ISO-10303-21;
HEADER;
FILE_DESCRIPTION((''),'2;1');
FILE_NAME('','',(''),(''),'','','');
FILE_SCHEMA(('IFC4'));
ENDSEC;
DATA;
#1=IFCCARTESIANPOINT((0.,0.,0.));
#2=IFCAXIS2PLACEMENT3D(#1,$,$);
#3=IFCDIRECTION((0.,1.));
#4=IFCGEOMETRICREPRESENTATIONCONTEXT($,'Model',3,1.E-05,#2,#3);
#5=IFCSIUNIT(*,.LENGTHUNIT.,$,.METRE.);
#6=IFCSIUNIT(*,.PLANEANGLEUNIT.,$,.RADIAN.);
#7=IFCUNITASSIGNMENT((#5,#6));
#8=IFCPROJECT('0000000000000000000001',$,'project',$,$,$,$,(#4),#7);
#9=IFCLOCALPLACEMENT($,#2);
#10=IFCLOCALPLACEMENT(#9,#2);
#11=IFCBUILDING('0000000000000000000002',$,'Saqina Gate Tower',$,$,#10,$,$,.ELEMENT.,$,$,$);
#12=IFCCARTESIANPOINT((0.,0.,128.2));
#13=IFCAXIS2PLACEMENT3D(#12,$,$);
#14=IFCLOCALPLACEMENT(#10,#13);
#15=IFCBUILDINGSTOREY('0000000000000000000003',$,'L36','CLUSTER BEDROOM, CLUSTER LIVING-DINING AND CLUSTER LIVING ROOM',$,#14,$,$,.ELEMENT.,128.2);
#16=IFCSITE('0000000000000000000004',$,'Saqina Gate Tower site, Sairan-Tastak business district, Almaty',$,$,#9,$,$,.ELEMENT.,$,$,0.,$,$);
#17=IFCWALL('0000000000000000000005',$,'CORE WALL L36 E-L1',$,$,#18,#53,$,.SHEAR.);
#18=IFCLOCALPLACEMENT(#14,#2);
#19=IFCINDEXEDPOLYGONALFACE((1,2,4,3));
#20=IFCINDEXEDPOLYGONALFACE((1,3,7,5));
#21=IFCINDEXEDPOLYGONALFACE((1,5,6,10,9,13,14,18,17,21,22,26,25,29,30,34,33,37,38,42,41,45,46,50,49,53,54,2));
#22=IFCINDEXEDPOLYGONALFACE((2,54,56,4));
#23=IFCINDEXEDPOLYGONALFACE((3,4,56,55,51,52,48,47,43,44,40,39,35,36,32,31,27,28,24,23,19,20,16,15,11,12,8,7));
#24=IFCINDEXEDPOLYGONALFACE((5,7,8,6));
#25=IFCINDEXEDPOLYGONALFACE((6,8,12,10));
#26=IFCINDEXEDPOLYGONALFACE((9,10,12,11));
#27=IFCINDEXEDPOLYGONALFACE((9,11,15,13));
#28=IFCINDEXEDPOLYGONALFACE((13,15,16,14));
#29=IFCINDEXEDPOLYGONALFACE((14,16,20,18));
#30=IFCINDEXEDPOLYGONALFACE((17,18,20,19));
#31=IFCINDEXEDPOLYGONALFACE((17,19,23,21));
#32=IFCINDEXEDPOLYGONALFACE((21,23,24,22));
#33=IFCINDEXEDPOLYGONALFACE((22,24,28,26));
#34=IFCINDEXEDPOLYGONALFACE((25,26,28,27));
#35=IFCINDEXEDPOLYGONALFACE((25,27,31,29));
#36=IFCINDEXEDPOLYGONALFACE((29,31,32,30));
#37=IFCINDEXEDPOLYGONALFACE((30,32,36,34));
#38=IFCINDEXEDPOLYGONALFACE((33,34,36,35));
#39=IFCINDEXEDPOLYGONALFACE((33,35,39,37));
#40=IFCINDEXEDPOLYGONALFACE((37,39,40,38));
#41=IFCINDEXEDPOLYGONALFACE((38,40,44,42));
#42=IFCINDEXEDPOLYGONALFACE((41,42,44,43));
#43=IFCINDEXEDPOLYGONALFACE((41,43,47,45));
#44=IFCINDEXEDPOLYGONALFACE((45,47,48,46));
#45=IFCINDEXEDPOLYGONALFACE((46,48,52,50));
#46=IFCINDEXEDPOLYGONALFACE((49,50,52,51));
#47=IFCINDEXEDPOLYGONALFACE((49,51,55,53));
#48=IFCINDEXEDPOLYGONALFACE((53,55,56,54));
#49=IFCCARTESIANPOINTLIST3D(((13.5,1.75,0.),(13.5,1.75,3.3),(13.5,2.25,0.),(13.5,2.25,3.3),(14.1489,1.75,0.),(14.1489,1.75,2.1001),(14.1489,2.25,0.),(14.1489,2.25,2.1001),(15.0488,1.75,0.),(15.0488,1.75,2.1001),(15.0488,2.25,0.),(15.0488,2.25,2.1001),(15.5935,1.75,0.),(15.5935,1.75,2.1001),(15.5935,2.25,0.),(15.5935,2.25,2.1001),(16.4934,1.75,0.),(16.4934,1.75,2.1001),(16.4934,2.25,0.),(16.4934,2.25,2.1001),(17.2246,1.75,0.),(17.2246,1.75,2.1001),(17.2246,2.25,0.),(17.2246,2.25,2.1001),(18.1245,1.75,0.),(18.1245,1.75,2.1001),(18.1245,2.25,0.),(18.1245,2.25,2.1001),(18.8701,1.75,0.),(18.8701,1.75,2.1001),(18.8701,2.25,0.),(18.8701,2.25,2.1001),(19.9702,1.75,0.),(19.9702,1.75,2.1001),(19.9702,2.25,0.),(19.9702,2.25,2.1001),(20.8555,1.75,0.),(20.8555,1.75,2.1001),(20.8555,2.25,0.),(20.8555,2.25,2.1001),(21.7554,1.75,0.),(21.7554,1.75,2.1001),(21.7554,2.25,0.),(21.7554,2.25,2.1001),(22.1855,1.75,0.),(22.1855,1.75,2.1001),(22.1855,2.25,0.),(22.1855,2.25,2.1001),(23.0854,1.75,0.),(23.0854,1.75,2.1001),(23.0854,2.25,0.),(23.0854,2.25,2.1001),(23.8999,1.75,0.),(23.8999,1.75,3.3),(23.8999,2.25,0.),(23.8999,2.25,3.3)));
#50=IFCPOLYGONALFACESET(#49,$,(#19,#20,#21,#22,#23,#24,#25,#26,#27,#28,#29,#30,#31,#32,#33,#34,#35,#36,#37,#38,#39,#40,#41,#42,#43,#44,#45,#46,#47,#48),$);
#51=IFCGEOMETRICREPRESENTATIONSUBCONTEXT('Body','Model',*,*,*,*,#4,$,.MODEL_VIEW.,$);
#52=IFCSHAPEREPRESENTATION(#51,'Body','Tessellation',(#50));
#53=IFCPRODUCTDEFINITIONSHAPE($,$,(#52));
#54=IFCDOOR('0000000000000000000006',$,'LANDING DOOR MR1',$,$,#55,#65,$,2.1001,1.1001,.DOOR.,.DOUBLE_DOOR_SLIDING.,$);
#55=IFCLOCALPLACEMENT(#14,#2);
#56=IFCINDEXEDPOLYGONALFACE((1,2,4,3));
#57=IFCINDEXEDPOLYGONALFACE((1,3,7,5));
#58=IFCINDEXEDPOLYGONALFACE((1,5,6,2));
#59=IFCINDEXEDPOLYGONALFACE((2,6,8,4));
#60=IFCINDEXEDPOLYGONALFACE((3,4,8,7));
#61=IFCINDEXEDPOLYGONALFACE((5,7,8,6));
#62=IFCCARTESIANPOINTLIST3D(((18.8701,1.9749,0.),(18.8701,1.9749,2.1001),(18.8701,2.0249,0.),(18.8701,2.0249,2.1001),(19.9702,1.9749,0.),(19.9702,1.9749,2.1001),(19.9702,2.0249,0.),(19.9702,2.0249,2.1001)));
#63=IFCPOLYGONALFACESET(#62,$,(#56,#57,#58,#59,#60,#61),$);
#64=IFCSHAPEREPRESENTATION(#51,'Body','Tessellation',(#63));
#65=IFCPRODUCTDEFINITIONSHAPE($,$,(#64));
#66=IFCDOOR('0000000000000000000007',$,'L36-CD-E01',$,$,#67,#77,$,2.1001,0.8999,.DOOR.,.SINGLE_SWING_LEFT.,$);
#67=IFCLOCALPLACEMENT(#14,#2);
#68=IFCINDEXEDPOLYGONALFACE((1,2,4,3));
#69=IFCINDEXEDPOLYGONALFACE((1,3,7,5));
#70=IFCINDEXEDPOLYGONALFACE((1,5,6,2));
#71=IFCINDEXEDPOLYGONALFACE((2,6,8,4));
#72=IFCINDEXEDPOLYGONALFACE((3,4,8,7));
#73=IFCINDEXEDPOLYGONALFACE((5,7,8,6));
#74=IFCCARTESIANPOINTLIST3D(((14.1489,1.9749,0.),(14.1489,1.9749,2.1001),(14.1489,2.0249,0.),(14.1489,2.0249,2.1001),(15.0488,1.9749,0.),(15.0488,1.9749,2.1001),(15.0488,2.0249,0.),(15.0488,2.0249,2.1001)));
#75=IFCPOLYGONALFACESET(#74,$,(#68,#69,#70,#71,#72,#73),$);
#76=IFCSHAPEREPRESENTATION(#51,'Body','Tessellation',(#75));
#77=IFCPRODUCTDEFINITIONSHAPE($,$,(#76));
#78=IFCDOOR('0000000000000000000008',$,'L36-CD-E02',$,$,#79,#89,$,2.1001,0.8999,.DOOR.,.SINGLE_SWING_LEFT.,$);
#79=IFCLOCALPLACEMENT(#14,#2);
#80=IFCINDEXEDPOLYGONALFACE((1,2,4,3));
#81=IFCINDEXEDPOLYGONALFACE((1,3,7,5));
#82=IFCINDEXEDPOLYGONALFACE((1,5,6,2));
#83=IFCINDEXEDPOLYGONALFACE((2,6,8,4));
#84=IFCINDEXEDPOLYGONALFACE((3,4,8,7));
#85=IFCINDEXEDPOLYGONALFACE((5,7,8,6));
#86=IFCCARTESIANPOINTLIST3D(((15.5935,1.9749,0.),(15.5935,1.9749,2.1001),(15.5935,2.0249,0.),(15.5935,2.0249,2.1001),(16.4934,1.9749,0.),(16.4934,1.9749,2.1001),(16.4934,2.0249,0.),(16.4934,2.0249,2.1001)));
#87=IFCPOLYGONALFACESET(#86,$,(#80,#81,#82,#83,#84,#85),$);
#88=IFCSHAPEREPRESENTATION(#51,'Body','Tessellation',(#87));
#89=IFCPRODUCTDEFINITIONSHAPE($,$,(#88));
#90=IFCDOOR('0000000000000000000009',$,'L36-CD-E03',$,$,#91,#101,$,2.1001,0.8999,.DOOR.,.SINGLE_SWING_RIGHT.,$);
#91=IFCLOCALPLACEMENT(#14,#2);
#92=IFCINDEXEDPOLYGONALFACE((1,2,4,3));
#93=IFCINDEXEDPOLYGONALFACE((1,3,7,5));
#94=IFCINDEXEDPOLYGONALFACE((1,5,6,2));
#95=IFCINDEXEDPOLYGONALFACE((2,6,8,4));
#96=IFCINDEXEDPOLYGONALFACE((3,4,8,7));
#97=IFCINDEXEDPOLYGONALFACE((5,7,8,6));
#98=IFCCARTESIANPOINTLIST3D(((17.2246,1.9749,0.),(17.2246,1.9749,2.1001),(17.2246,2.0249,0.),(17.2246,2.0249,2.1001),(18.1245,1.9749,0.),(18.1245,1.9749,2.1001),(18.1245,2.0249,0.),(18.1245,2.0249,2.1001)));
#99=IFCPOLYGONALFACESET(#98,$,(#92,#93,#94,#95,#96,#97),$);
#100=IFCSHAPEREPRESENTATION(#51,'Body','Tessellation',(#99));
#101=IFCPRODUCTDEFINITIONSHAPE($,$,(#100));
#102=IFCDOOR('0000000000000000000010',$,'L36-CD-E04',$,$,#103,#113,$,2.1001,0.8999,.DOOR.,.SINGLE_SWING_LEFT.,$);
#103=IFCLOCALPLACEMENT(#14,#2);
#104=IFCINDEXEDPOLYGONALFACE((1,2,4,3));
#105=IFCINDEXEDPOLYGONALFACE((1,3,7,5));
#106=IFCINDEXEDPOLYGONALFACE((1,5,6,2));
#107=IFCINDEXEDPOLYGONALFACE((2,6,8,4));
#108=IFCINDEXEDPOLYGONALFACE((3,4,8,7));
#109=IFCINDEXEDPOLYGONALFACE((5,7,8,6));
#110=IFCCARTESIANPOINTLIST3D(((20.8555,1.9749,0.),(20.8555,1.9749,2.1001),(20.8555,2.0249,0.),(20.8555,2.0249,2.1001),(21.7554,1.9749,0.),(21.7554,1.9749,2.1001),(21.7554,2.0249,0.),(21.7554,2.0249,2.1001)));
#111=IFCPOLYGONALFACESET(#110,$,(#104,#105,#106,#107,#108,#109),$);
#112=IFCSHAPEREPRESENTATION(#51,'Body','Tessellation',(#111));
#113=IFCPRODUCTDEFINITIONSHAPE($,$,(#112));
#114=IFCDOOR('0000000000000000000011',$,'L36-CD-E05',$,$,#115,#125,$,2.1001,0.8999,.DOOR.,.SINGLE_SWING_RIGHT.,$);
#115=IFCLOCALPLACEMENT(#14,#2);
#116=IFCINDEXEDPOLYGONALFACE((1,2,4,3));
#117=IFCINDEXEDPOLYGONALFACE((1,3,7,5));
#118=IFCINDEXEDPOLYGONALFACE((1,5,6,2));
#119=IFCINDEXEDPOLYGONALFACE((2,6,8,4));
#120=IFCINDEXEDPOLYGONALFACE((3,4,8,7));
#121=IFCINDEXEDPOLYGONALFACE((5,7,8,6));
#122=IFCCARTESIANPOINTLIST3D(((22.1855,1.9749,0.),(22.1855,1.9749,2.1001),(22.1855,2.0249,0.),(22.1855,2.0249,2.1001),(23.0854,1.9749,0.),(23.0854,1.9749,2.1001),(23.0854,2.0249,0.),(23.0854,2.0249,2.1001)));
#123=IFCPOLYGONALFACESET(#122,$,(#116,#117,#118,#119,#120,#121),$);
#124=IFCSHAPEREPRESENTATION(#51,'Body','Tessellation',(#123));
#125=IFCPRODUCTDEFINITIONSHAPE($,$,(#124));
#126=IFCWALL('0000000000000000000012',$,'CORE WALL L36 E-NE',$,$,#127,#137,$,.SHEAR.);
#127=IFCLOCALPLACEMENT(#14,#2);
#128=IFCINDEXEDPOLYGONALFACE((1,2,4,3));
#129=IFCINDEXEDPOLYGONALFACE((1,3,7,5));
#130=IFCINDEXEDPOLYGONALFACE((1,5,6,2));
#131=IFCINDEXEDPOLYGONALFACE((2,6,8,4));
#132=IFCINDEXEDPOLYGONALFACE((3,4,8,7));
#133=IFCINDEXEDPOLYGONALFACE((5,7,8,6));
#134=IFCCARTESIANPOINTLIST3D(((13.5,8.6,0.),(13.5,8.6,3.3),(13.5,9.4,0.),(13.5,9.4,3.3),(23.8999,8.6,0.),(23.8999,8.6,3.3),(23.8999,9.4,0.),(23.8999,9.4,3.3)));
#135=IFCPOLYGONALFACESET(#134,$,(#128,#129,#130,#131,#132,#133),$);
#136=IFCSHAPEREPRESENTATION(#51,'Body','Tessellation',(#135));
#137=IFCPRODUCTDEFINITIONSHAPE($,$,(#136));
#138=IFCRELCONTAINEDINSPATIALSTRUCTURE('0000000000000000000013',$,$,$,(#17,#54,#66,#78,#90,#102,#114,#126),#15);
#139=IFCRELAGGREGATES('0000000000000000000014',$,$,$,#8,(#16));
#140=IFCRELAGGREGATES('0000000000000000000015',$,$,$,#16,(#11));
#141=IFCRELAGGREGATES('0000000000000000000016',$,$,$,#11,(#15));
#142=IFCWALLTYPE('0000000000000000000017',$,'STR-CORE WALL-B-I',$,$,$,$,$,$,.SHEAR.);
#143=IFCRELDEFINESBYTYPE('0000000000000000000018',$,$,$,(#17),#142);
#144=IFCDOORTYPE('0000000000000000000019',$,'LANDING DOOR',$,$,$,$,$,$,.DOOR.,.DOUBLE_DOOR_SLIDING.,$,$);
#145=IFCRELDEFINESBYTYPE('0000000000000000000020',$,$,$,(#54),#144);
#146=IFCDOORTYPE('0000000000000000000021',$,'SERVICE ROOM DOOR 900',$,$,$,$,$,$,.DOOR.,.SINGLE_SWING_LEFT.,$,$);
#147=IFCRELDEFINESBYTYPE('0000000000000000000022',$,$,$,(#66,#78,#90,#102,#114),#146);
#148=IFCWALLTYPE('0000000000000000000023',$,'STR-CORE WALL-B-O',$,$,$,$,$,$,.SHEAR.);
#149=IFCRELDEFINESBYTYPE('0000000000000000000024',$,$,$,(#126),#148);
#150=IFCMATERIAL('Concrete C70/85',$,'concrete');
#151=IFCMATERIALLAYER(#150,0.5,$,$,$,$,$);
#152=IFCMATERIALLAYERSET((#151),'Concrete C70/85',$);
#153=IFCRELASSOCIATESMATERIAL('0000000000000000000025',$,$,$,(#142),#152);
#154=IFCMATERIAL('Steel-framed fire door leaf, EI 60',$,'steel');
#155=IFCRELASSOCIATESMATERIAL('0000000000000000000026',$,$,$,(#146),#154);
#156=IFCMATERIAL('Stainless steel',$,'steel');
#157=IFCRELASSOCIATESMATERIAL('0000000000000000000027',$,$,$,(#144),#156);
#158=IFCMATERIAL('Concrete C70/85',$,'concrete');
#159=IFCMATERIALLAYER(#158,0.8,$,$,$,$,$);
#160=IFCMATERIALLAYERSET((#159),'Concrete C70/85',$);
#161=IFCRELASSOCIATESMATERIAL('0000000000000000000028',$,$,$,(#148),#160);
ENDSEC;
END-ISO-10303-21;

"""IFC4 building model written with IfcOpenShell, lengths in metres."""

from ifc_helpers import new_model, si_unit, direction, frame, frame_2d, origin, place, context, subcontext, project, spatial, rectangle, extrude, material, layer, layer_set, type_object, element, fill, save


model = new_model("IFC4")

# Units and contexts
model_context = context("Model", 3, precision=1e-05, world=origin(), true_north=direction((0.0, 1.0)))
body_context = subcontext(model_context, "Body", "Model", "MODEL_VIEW")
ifc_project = project(units=[si_unit("LENGTHUNIT", "METRE"), si_unit("PLANEANGLEUNIT", "RADIAN")], contexts=[model_context])

# Site, building, storey
site_placement = place(None, origin())
site = spatial("IfcSite", under=ifc_project, at=site_placement, Name="Saqina Gate Tower site, Sairan-Tastak business district, Almaty", CompositionType="ELEMENT", RefElevation=0.0)
building_placement = place(site_placement, origin())
building = spatial("IfcBuilding", under=site, at=building_placement, Name="Saqina Gate Tower", CompositionType="ELEMENT")
storey_placement = place(building_placement, frame((0.0, 0.0, 128.2)))
storey = spatial("IfcBuildingStorey", under=building, at=storey_placement, Name="L36", Description="CLUSTER BEDROOM, CLUSTER LIVING-DINING AND CLUSTER LIVING ROOM", CompositionType="ELEMENT", Elevation=128.2)

# Shared definitions
ifc_material_1 = material(Name="Concrete C70/85", Category="concrete")
ifc_layer_1 = layer(ifc_material_1, 0.5)
ifc_layer_set_1 = layer_set([ifc_layer_1], Name="Concrete C70/85")
wall_type_1 = type_object("IfcWallType", Name="STR-CORE WALL-B-I", PredefinedType="SHEAR", material=ifc_layer_set_1)
ifc_material_2 = material(Name="Steel-framed fire door leaf, EI 60", Category="steel")
door_type_1 = type_object("IfcDoorType", Name="SERVICE ROOM DOOR 900", OperationType="SINGLE_SWING_LEFT", PredefinedType="DOOR", material=ifc_material_2)

# Wall, openings, doors
wall_1_placement = place(storey_placement, frame((13.5, 2.0, 0.0), z_axis=(0.0, 0.0, 1.0), x_axis=(1.0, 0.0, 0.0)))
wall_1 = element("IfcWall", 1, at=wall_1_placement, inside=storey, type_object=wall_type_1, Name="CORE WALL L36 E-L1", PredefinedType="SHEAR", context=body_context, shape_type="SweptSolid", body=[
    extrude(rectangle(XDim=10.3999, YDim=0.5, at=frame_2d((5.2, 0.0))), origin(), (0.0, 0.0, 1.0), 3.3),
])
opening_1_placement = place(wall_1_placement, frame((5.3701, 0.0, 0.0)))
opening_1 = element("IfcOpeningElement", 2, at=opening_1_placement, cuts=wall_1, PredefinedType="OPENING", context=body_context, shape_type="SweptSolid", body=[
    extrude(rectangle(XDim=1.1001, YDim=2.1001, at=frame_2d((0.55, 1.05))), frame((0.0, 0.262, 0.0), z_axis=(0.0, -1.0, 0.0), x_axis=(1.0, 0.0, 0.0)), (0.0, 0.0, 1.0), 0.5239),
])
opening_2_placement = place(wall_1_placement, frame((0.6489, 0.0, 0.0)))
opening_2 = element("IfcOpeningElement", 3, at=opening_2_placement, cuts=wall_1, PredefinedType="OPENING", context=body_context, shape_type="SweptSolid", body=[
    extrude(rectangle(XDim=0.8999, YDim=2.1001, at=frame_2d((0.45, 1.05))), frame((0.0, 0.262, 0.0), z_axis=(0.0, -1.0, 0.0), x_axis=(1.0, 0.0, 0.0)), (0.0, 0.0, 1.0), 0.5239),
])
opening_3_placement = place(wall_1_placement, frame((2.0935, 0.0, 0.0)))
opening_3 = element("IfcOpeningElement", 4, at=opening_3_placement, cuts=wall_1, PredefinedType="OPENING", context=body_context, shape_type="SweptSolid", body=[
    extrude(rectangle(XDim=0.8999, YDim=2.1001, at=frame_2d((0.45, 1.05))), frame((0.0, 0.262, 0.0), z_axis=(0.0, -1.0, 0.0), x_axis=(1.0, 0.0, 0.0)), (0.0, 0.0, 1.0), 0.5239),
])
opening_4_placement = place(wall_1_placement, frame((3.7246, 0.0, 0.0)))
opening_4 = element("IfcOpeningElement", 5, at=opening_4_placement, cuts=wall_1, PredefinedType="OPENING", context=body_context, shape_type="SweptSolid", body=[
    extrude(rectangle(XDim=0.8999, YDim=2.1001, at=frame_2d((0.45, 1.05))), frame((0.0, 0.262, 0.0), z_axis=(0.0, -1.0, 0.0), x_axis=(1.0, 0.0, 0.0)), (0.0, 0.0, 1.0), 0.5239),
])
opening_5_placement = place(wall_1_placement, frame((7.3555, 0.0, 0.0)))
opening_5 = element("IfcOpeningElement", 6, at=opening_5_placement, cuts=wall_1, PredefinedType="OPENING", context=body_context, shape_type="SweptSolid", body=[
    extrude(rectangle(XDim=0.8999, YDim=2.1001, at=frame_2d((0.45, 1.05))), frame((0.0, 0.262, 0.0), z_axis=(0.0, -1.0, 0.0), x_axis=(1.0, 0.0, 0.0)), (0.0, 0.0, 1.0), 0.5239),
])
opening_6_placement = place(wall_1_placement, frame((8.6855, 0.0, 0.0)))
opening_6 = element("IfcOpeningElement", 7, at=opening_6_placement, cuts=wall_1, PredefinedType="OPENING", context=body_context, shape_type="SweptSolid", body=[
    extrude(rectangle(XDim=0.8999, YDim=2.1001, at=frame_2d((0.45, 1.05))), frame((0.0, 0.262, 0.0), z_axis=(0.0, -1.0, 0.0), x_axis=(1.0, 0.0, 0.0)), (0.0, 0.0, 1.0), 0.5239),
])
ifc_material_3 = material(Name="Stainless steel", Category="steel")
door_type_2 = type_object("IfcDoorType", Name="LANDING DOOR", OperationType="DOUBLE_DOOR_SLIDING", PredefinedType="DOOR", material=ifc_material_3)
door_1_placement = place(opening_1_placement, origin())
door_1 = element("IfcDoor", 8, at=door_1_placement, inside=storey, type_object=door_type_2, Name="LANDING DOOR MR1", OperationType="DOUBLE_DOOR_SLIDING", OverallHeight=2.1001, OverallWidth=1.1001, PredefinedType="DOOR", context=body_context, shape_type="SweptSolid", body=[
    extrude(rectangle(XDim=1.1001, YDim=2.1001, at=frame_2d((0.55, 1.05))), frame((0.0, 0.0249, 0.0), z_axis=(0.0, -1.0, 0.0), x_axis=(1.0, 0.0, 0.0)), (0.0, 0.0, 1.0), 0.05),
])
fill(opening_1, door_1)
door_2_placement = place(opening_2_placement, origin())
door_2 = element("IfcDoor", 9, at=door_2_placement, inside=storey, type_object=door_type_1, Name="L36-CD-E01", OperationType="SINGLE_SWING_LEFT", OverallHeight=2.1001, OverallWidth=0.8999, PredefinedType="DOOR", context=body_context, shape_type="SweptSolid", body=[
    extrude(rectangle(XDim=0.8999, YDim=2.1001, at=frame_2d((0.45, 1.05))), frame((0.0, 0.0249, 0.0), z_axis=(0.0, -1.0, 0.0), x_axis=(1.0, 0.0, 0.0)), (0.0, 0.0, 1.0), 0.05),
])
fill(opening_2, door_2)
door_3_placement = place(opening_3_placement, origin())
door_3 = element("IfcDoor", 10, at=door_3_placement, inside=storey, type_object=door_type_1, Name="L36-CD-E02", OperationType="SINGLE_SWING_LEFT", OverallHeight=2.1001, OverallWidth=0.8999, PredefinedType="DOOR", context=body_context, shape_type="SweptSolid", body=[
    extrude(rectangle(XDim=0.8999, YDim=2.1001, at=frame_2d((0.45, 1.05))), frame((0.0, 0.0249, 0.0), z_axis=(0.0, -1.0, 0.0), x_axis=(1.0, 0.0, 0.0)), (0.0, 0.0, 1.0), 0.05),
])
fill(opening_3, door_3)
door_4_placement = place(opening_4_placement, origin())
door_4 = element("IfcDoor", 11, at=door_4_placement, inside=storey, type_object=door_type_1, Name="L36-CD-E03", OperationType="SINGLE_SWING_RIGHT", OverallHeight=2.1001, OverallWidth=0.8999, PredefinedType="DOOR", context=body_context, shape_type="SweptSolid", body=[
    extrude(rectangle(XDim=0.8999, YDim=2.1001, at=frame_2d((0.45, 1.05))), frame((0.0, 0.0249, 0.0), z_axis=(0.0, -1.0, 0.0), x_axis=(1.0, 0.0, 0.0)), (0.0, 0.0, 1.0), 0.05),
])
fill(opening_4, door_4)
door_5_placement = place(opening_5_placement, origin())
door_5 = element("IfcDoor", 12, at=door_5_placement, inside=storey, type_object=door_type_1, Name="L36-CD-E04", OperationType="SINGLE_SWING_LEFT", OverallHeight=2.1001, OverallWidth=0.8999, PredefinedType="DOOR", context=body_context, shape_type="SweptSolid", body=[
    extrude(rectangle(XDim=0.8999, YDim=2.1001, at=frame_2d((0.45, 1.05))), frame((0.0, 0.0249, 0.0), z_axis=(0.0, -1.0, 0.0), x_axis=(1.0, 0.0, 0.0)), (0.0, 0.0, 1.0), 0.05),
])
fill(opening_5, door_5)
door_6_placement = place(opening_6_placement, origin())
door_6 = element("IfcDoor", 13, at=door_6_placement, inside=storey, type_object=door_type_1, Name="L36-CD-E05", OperationType="SINGLE_SWING_RIGHT", OverallHeight=2.1001, OverallWidth=0.8999, PredefinedType="DOOR", context=body_context, shape_type="SweptSolid", body=[
    extrude(rectangle(XDim=0.8999, YDim=2.1001, at=frame_2d((0.45, 1.05))), frame((0.0, 0.0249, 0.0), z_axis=(0.0, -1.0, 0.0), x_axis=(1.0, 0.0, 0.0)), (0.0, 0.0, 1.0), 0.05),
])
fill(opening_6, door_6)

# Wall
ifc_material_4 = material(Name="Concrete C70/85", Category="concrete")
ifc_layer_2 = layer(ifc_material_4, 0.8)
ifc_layer_set_2 = layer_set([ifc_layer_2], Name="Concrete C70/85")
wall_type_2 = type_object("IfcWallType", Name="STR-CORE WALL-B-O", PredefinedType="SHEAR", material=ifc_layer_set_2)
wall_2_placement = place(storey_placement, frame((13.5, 9.0, 0.0), z_axis=(0.0, 0.0, 1.0), x_axis=(1.0, 0.0, 0.0)))
element("IfcWall", 14, at=wall_2_placement, inside=storey, type_object=wall_type_2, Name="CORE WALL L36 E-NE", PredefinedType="SHEAR", context=body_context, shape_type="SweptSolid", body=[
    extrude(rectangle(XDim=10.3999, YDim=0.8, at=frame_2d((5.2, 0.0))), origin(), (0.0, 0.0, 1.0), 3.3),
])

save(model, "model.ifc")
